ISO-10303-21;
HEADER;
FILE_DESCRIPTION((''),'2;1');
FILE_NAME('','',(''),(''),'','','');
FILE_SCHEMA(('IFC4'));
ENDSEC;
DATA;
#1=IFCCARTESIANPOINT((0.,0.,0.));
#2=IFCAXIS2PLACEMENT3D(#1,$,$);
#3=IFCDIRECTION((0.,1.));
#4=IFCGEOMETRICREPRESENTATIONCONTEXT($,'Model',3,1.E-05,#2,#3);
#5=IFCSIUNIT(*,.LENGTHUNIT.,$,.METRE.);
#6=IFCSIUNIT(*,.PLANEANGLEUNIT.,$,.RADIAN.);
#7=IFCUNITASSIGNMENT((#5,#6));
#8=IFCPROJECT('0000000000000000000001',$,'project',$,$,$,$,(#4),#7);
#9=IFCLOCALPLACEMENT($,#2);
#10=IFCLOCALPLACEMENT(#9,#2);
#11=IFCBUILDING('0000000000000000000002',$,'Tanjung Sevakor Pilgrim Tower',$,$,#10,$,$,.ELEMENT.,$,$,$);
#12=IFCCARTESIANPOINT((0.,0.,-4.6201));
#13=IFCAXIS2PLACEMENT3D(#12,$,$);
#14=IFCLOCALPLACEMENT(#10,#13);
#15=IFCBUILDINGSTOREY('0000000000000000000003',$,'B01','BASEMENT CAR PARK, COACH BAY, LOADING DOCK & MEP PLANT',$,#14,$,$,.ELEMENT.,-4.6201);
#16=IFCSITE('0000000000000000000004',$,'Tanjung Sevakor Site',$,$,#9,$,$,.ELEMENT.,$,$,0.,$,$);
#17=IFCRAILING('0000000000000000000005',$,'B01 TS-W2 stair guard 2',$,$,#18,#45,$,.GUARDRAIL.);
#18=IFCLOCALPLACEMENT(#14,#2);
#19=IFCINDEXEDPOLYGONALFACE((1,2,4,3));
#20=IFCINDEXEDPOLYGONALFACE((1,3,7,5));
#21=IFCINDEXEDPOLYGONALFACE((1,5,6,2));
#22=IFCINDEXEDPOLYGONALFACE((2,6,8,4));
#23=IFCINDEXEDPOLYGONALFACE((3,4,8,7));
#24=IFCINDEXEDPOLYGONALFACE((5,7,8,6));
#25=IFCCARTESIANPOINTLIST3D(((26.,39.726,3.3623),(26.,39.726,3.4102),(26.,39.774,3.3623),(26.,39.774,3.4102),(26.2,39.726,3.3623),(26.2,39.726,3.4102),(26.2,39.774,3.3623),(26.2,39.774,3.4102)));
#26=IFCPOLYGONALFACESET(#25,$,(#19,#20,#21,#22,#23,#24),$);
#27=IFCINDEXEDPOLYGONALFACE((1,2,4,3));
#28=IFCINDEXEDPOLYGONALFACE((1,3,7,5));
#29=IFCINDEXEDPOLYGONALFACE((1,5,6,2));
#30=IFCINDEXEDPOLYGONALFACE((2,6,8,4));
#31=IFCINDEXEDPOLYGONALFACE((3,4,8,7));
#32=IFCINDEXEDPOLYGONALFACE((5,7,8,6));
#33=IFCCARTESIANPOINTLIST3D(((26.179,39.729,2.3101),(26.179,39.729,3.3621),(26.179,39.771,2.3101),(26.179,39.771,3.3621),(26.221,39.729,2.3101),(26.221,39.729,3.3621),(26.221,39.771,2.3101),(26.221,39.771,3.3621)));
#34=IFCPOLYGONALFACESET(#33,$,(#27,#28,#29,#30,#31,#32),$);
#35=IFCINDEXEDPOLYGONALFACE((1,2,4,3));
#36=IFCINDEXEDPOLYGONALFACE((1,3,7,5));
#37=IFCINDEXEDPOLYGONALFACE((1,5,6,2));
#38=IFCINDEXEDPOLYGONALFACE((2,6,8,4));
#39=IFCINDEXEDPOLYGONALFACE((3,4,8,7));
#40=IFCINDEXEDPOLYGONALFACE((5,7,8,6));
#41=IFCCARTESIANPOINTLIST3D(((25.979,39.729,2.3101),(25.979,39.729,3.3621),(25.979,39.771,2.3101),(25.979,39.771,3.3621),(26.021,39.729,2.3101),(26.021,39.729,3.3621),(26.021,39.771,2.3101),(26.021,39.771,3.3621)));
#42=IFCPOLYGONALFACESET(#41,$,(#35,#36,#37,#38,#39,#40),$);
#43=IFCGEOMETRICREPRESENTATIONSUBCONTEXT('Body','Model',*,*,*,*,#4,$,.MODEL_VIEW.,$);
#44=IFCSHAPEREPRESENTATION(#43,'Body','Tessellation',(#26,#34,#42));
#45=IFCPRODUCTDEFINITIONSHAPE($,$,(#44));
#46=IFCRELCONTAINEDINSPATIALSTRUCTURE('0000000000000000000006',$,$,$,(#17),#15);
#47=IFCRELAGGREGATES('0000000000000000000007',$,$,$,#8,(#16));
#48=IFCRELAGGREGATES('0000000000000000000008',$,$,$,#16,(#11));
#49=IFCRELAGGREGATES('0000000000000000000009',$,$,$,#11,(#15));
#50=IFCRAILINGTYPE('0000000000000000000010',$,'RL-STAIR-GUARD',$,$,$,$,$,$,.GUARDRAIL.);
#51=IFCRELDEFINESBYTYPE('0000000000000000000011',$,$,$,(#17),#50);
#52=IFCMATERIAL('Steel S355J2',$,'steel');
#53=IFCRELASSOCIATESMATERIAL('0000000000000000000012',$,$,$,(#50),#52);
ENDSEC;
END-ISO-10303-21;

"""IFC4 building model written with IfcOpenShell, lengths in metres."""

from ifc_helpers import new_model, si_unit, direction, frame, origin, place, context, subcontext, project, spatial, rectangle, extrude, material, type_object, element, save


model = new_model("IFC4")

# Units and contexts
model_context = context("Model", 3, precision=1e-05, world=origin(), true_north=direction((0.0, 1.0)))
body_context = subcontext(model_context, "Body", "Model", "MODEL_VIEW")
ifc_project = project(units=[si_unit("LENGTHUNIT", "METRE"), si_unit("PLANEANGLEUNIT", "RADIAN")], contexts=[model_context])

# Site, building, storey
site_placement = place(None, origin())
site = spatial("IfcSite", under=ifc_project, at=site_placement, Name="Tanjung Sevakor Site", CompositionType="ELEMENT", RefElevation=0.0)
building_placement = place(site_placement, origin())
building = spatial("IfcBuilding", under=site, at=building_placement, Name="Tanjung Sevakor Pilgrim Tower", CompositionType="ELEMENT")
storey_placement = place(building_placement, frame((0.0, 0.0, -4.6201)))
storey = spatial("IfcBuildingStorey", under=building, at=storey_placement, Name="B01", Description="BASEMENT CAR PARK, COACH BAY, LOADING DOCK & MEP PLANT", CompositionType="ELEMENT", Elevation=-4.6201)

# Railing
ifc_material_1 = material(Name="Steel S355J2", Category="steel")
railing_type = type_object("IfcRailingType", Name="RL-STAIR-GUARD", PredefinedType="GUARDRAIL", material=ifc_material_1)
railing_placement = place(storey_placement, frame((26.2, 39.75, 2.3101)))
element("IfcRailing", 1, at=railing_placement, inside=storey, type_object=railing_type, Name="B01 TS-W2 stair guard 2", PredefinedType="GUARDRAIL", context=body_context, shape_type="SweptSolid", body=[
    extrude(rectangle(XDim=0.0479, YDim=0.0479), frame((0.0, 0.0, 1.0762), z_axis=(-1.0, 0.0, 0.0), x_axis=(0.0, -1.0, 0.0)), (0.0, 0.0, 1.0), 0.2),
    extrude(rectangle(XDim=0.042, YDim=0.042), origin(), (0.0, 0.0, 1.0), 1.052),
    extrude(rectangle(XDim=0.042, YDim=0.042), frame((-0.2, 0.0, 0.0)), (0.0, 0.0, 1.0), 1.052),
])

save(model, "model.ifc")
